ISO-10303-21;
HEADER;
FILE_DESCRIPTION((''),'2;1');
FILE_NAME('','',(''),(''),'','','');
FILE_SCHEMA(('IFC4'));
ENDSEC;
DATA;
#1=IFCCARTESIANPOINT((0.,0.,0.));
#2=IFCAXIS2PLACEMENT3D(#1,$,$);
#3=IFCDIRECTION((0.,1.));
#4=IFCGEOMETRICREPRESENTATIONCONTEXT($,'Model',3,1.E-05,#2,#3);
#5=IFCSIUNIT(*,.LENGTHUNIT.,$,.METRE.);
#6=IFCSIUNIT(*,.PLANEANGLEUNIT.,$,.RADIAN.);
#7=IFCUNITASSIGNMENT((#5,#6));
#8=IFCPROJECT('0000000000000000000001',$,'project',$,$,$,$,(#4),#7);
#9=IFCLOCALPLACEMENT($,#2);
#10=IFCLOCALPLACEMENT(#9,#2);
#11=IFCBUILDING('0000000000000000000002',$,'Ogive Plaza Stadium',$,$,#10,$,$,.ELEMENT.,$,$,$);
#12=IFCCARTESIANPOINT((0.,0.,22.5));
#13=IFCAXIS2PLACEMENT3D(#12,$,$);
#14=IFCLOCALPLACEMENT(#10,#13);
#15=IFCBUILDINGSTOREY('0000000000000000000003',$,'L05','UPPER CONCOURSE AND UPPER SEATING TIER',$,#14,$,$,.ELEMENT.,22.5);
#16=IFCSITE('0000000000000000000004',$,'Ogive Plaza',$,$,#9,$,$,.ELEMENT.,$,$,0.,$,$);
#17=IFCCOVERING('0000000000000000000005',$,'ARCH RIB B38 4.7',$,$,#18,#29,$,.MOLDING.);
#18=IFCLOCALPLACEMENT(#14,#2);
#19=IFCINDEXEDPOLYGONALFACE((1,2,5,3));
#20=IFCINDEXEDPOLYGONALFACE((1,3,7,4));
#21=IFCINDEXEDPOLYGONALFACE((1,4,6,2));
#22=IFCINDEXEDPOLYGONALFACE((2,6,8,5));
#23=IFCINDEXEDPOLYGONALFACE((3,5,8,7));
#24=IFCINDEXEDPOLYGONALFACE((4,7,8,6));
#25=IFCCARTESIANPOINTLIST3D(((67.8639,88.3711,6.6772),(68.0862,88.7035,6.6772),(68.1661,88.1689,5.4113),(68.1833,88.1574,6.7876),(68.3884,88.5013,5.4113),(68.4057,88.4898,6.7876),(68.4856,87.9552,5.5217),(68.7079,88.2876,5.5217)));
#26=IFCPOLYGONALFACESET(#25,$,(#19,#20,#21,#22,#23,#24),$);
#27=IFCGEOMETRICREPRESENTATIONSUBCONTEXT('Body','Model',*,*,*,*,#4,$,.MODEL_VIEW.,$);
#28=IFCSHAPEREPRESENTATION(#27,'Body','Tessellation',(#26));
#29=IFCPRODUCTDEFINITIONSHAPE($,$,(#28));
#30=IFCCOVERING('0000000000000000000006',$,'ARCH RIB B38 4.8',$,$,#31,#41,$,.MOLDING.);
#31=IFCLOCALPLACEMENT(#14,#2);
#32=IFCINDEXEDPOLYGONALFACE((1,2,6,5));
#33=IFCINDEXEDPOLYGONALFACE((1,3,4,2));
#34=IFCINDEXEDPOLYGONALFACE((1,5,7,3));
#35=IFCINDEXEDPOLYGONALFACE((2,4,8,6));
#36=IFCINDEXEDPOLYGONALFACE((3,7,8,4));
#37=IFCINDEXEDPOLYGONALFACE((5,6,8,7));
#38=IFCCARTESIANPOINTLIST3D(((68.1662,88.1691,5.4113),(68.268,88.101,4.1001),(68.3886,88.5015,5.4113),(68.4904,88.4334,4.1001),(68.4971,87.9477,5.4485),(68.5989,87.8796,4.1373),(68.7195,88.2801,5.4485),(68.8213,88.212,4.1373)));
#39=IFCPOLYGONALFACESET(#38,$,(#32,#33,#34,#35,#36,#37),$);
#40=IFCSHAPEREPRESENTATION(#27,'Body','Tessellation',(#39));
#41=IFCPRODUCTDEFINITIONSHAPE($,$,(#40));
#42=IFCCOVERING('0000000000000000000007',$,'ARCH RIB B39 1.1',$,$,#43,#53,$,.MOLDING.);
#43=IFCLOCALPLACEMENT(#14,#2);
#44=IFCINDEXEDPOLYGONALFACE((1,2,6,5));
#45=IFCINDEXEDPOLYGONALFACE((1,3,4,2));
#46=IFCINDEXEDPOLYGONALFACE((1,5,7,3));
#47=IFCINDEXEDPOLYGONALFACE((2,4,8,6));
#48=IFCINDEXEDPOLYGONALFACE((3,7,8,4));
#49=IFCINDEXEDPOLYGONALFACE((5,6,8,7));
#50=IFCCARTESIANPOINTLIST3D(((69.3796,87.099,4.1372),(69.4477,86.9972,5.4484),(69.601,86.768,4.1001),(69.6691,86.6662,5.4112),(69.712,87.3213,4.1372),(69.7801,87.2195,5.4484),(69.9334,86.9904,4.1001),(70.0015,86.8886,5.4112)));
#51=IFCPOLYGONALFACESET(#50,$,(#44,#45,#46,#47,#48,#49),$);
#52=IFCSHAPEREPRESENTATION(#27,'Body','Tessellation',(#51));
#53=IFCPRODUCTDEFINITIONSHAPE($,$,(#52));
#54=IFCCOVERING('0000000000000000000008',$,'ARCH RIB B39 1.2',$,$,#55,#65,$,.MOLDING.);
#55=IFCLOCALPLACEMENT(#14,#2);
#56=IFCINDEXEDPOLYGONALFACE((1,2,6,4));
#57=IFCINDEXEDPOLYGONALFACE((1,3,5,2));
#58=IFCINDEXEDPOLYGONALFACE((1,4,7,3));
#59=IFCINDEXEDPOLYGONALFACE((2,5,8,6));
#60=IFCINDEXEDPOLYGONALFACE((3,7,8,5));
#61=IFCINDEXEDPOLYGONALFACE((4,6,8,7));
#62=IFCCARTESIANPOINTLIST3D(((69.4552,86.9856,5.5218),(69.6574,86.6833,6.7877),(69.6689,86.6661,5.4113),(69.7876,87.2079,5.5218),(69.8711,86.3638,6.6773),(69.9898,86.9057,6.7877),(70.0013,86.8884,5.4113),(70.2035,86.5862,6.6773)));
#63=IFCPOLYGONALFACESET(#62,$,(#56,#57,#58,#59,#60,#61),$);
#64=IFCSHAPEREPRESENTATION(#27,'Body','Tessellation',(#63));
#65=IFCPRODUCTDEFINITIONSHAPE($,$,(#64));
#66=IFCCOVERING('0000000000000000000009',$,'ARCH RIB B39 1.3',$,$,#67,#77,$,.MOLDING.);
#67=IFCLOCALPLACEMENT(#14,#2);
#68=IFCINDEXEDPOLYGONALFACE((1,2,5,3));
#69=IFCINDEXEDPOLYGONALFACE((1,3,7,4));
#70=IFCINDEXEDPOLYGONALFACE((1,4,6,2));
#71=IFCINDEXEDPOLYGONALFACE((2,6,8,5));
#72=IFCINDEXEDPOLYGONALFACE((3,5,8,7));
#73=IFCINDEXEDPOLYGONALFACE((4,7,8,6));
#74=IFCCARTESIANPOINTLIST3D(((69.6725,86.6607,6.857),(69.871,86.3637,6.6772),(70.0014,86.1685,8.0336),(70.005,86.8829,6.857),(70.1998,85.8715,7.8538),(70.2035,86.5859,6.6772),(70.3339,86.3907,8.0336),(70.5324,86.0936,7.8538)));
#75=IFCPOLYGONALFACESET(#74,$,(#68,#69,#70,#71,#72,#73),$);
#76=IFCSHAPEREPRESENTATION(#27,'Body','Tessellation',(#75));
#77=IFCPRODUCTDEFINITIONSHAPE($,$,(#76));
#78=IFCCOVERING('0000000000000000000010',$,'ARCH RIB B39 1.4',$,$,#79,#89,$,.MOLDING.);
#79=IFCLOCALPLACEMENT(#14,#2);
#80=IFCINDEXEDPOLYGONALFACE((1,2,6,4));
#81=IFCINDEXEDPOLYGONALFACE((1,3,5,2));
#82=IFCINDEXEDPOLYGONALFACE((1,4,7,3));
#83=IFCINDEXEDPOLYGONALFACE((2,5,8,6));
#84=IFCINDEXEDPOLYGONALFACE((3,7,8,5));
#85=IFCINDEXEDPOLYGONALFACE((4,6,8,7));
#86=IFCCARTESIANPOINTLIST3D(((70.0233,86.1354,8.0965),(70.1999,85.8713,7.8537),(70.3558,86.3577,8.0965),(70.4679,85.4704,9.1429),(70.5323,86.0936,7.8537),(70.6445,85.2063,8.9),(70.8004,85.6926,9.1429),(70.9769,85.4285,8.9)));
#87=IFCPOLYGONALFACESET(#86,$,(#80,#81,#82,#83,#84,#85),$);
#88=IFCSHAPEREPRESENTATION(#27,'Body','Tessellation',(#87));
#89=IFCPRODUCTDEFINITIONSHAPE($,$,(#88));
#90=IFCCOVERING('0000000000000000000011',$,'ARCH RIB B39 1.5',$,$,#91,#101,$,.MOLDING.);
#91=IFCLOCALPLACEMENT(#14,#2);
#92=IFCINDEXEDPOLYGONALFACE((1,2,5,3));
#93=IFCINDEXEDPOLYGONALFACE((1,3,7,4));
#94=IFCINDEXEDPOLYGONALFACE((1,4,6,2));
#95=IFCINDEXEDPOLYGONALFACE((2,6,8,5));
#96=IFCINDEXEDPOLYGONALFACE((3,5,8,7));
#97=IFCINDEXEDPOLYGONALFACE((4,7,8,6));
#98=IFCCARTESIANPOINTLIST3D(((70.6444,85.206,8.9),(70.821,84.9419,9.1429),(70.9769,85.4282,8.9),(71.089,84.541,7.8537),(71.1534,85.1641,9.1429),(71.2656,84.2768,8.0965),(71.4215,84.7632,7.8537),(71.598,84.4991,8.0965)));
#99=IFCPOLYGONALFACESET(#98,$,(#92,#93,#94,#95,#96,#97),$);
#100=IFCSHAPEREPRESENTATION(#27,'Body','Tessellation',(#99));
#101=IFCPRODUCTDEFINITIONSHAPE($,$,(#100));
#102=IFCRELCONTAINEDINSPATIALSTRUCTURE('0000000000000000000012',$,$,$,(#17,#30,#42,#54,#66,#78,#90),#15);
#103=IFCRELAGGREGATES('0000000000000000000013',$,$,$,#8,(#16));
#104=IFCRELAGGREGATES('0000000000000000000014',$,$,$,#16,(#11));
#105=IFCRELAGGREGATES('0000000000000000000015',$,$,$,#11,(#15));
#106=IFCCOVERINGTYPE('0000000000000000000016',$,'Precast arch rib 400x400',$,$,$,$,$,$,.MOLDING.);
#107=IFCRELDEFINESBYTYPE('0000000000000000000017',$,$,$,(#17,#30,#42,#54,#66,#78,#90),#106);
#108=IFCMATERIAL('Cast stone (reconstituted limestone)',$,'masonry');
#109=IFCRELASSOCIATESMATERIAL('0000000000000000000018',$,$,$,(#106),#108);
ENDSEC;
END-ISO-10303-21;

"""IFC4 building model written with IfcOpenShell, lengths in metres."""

from ifc_helpers import new_model, si_unit, direction, frame, origin, origin_2d, place, context, subcontext, project, spatial, rectangle, extrude, material, material_profile, profile_set, type_object, element, save


model = new_model("IFC4")

# Units and contexts
model_context = context("Model", 3, precision=1e-05, world=origin(), true_north=direction((0.0, 1.0)))
body_context = subcontext(model_context, "Body", "Model", "MODEL_VIEW")
ifc_project = project(units=[si_unit("LENGTHUNIT", "METRE"), si_unit("PLANEANGLEUNIT", "RADIAN")], contexts=[model_context])

# Site, building, storey
site_placement = place(None, origin())
site = spatial("IfcSite", under=ifc_project, at=site_placement, Name="Ogive Plaza", CompositionType="ELEMENT", RefElevation=0.0)
building_placement = place(site_placement, origin())
building = spatial("IfcBuilding", under=site, at=building_placement, Name="Ogive Plaza Stadium", CompositionType="ELEMENT")
storey_placement = place(building_placement, frame((0.0, 0.0, 22.5)))
storey = spatial("IfcBuildingStorey", under=building, at=storey_placement, Name="L05", Description="UPPER CONCOURSE AND UPPER SEATING TIER", CompositionType="ELEMENT", Elevation=22.5)

# Coverings
ifc_material_1 = material(Name="Cast stone (reconstituted limestone)", Category="masonry")
ifc_material_profile_1 = material_profile(ifc_material_1, rectangle(XDim=0.3999, YDim=0.3999, at=origin_2d()), Name="Cast stone 400x400")
ifc_profile_set_1 = profile_set([ifc_material_profile_1], Name="Cast stone (reconstituted limestone)")
covering_type = type_object("IfcCoveringType", Name="Precast arch rib 400x400", PredefinedType="MOLDING", material=ifc_profile_set_1)
for number, where, z_axis, x_axis, name in (
    (1, (68.1348, 88.4304, 6.7324), (0.229486, -0.153485, -0.961134), (0.555939, 0.831223, 0.0), "ARCH RIB B38 4.7"),
):
    element("IfcCovering", number, at=place(storey_placement, frame(where, z_axis=z_axis, x_axis=x_axis)), inside=storey, type_object=covering_type, Name=name, PredefinedType="MOLDING", context=body_context, shape_type="SweptSolid", body=[
        extrude(rectangle(XDim=0.3999, YDim=0.3999, at=origin_2d()), origin(), (0.0, 0.0, 1.0), 1.3171),
    ])
for number, where, z_axis, x_axis, name in (
    (2, (68.4429, 88.2246, 5.4299), (0.077303, -0.05172, -0.995665), (0.556079, 0.831129, 0.0), "ARCH RIB B38 4.8"),
    (3, (69.6565, 87.0447, 4.1187), (0.05172, -0.077303, 0.995665), (0.831129, 0.556079, 0.0), "ARCH RIB B39 1.1"),
):
    element("IfcCovering", number, at=place(storey_placement, frame(where, z_axis=z_axis, x_axis=x_axis)), inside=storey, type_object=covering_type, Name=name, PredefinedType="MOLDING", context=body_context, shape_type="SweptSolid", body=[
        extrude(rectangle(XDim=0.3999, YDim=0.3999, at=origin_2d()), origin(), (0.0, 0.0, 1.0), 1.3169),
    ])
for number, where, z_axis, x_axis, name in (
    (4, (69.7283, 86.937, 5.4666), (0.153485, -0.229486, 0.961134), (0.831223, 0.555939, 0.0), "ARCH RIB B39 1.2"),
    (5, (69.938, 86.6233, 6.7671), (0.249695, -0.373709, 0.893305), (0.831479, 0.555557, 0.0), "ARCH RIB B39 1.3"),
    (6, (70.2778, 86.1145, 7.9751), (0.337535, -0.504912, 0.794439), (0.831345, 0.555756, 0.0), "ARCH RIB B39 1.4"),
    (7, (70.8989, 85.1851, 9.0215), (0.337535, -0.504912, -0.794439), (0.831345, 0.555756, 0.0), "ARCH RIB B39 1.5"),
):
    element("IfcCovering", number, at=place(storey_placement, frame(where, z_axis=z_axis, x_axis=x_axis)), inside=storey, type_object=covering_type, Name=name, PredefinedType="MOLDING", context=body_context, shape_type="SweptSolid", body=[
        extrude(rectangle(XDim=0.3999, YDim=0.3999, at=origin_2d()), origin(), (0.0, 0.0, 1.0), 1.3171),
    ])

save(model, "model.ifc")
